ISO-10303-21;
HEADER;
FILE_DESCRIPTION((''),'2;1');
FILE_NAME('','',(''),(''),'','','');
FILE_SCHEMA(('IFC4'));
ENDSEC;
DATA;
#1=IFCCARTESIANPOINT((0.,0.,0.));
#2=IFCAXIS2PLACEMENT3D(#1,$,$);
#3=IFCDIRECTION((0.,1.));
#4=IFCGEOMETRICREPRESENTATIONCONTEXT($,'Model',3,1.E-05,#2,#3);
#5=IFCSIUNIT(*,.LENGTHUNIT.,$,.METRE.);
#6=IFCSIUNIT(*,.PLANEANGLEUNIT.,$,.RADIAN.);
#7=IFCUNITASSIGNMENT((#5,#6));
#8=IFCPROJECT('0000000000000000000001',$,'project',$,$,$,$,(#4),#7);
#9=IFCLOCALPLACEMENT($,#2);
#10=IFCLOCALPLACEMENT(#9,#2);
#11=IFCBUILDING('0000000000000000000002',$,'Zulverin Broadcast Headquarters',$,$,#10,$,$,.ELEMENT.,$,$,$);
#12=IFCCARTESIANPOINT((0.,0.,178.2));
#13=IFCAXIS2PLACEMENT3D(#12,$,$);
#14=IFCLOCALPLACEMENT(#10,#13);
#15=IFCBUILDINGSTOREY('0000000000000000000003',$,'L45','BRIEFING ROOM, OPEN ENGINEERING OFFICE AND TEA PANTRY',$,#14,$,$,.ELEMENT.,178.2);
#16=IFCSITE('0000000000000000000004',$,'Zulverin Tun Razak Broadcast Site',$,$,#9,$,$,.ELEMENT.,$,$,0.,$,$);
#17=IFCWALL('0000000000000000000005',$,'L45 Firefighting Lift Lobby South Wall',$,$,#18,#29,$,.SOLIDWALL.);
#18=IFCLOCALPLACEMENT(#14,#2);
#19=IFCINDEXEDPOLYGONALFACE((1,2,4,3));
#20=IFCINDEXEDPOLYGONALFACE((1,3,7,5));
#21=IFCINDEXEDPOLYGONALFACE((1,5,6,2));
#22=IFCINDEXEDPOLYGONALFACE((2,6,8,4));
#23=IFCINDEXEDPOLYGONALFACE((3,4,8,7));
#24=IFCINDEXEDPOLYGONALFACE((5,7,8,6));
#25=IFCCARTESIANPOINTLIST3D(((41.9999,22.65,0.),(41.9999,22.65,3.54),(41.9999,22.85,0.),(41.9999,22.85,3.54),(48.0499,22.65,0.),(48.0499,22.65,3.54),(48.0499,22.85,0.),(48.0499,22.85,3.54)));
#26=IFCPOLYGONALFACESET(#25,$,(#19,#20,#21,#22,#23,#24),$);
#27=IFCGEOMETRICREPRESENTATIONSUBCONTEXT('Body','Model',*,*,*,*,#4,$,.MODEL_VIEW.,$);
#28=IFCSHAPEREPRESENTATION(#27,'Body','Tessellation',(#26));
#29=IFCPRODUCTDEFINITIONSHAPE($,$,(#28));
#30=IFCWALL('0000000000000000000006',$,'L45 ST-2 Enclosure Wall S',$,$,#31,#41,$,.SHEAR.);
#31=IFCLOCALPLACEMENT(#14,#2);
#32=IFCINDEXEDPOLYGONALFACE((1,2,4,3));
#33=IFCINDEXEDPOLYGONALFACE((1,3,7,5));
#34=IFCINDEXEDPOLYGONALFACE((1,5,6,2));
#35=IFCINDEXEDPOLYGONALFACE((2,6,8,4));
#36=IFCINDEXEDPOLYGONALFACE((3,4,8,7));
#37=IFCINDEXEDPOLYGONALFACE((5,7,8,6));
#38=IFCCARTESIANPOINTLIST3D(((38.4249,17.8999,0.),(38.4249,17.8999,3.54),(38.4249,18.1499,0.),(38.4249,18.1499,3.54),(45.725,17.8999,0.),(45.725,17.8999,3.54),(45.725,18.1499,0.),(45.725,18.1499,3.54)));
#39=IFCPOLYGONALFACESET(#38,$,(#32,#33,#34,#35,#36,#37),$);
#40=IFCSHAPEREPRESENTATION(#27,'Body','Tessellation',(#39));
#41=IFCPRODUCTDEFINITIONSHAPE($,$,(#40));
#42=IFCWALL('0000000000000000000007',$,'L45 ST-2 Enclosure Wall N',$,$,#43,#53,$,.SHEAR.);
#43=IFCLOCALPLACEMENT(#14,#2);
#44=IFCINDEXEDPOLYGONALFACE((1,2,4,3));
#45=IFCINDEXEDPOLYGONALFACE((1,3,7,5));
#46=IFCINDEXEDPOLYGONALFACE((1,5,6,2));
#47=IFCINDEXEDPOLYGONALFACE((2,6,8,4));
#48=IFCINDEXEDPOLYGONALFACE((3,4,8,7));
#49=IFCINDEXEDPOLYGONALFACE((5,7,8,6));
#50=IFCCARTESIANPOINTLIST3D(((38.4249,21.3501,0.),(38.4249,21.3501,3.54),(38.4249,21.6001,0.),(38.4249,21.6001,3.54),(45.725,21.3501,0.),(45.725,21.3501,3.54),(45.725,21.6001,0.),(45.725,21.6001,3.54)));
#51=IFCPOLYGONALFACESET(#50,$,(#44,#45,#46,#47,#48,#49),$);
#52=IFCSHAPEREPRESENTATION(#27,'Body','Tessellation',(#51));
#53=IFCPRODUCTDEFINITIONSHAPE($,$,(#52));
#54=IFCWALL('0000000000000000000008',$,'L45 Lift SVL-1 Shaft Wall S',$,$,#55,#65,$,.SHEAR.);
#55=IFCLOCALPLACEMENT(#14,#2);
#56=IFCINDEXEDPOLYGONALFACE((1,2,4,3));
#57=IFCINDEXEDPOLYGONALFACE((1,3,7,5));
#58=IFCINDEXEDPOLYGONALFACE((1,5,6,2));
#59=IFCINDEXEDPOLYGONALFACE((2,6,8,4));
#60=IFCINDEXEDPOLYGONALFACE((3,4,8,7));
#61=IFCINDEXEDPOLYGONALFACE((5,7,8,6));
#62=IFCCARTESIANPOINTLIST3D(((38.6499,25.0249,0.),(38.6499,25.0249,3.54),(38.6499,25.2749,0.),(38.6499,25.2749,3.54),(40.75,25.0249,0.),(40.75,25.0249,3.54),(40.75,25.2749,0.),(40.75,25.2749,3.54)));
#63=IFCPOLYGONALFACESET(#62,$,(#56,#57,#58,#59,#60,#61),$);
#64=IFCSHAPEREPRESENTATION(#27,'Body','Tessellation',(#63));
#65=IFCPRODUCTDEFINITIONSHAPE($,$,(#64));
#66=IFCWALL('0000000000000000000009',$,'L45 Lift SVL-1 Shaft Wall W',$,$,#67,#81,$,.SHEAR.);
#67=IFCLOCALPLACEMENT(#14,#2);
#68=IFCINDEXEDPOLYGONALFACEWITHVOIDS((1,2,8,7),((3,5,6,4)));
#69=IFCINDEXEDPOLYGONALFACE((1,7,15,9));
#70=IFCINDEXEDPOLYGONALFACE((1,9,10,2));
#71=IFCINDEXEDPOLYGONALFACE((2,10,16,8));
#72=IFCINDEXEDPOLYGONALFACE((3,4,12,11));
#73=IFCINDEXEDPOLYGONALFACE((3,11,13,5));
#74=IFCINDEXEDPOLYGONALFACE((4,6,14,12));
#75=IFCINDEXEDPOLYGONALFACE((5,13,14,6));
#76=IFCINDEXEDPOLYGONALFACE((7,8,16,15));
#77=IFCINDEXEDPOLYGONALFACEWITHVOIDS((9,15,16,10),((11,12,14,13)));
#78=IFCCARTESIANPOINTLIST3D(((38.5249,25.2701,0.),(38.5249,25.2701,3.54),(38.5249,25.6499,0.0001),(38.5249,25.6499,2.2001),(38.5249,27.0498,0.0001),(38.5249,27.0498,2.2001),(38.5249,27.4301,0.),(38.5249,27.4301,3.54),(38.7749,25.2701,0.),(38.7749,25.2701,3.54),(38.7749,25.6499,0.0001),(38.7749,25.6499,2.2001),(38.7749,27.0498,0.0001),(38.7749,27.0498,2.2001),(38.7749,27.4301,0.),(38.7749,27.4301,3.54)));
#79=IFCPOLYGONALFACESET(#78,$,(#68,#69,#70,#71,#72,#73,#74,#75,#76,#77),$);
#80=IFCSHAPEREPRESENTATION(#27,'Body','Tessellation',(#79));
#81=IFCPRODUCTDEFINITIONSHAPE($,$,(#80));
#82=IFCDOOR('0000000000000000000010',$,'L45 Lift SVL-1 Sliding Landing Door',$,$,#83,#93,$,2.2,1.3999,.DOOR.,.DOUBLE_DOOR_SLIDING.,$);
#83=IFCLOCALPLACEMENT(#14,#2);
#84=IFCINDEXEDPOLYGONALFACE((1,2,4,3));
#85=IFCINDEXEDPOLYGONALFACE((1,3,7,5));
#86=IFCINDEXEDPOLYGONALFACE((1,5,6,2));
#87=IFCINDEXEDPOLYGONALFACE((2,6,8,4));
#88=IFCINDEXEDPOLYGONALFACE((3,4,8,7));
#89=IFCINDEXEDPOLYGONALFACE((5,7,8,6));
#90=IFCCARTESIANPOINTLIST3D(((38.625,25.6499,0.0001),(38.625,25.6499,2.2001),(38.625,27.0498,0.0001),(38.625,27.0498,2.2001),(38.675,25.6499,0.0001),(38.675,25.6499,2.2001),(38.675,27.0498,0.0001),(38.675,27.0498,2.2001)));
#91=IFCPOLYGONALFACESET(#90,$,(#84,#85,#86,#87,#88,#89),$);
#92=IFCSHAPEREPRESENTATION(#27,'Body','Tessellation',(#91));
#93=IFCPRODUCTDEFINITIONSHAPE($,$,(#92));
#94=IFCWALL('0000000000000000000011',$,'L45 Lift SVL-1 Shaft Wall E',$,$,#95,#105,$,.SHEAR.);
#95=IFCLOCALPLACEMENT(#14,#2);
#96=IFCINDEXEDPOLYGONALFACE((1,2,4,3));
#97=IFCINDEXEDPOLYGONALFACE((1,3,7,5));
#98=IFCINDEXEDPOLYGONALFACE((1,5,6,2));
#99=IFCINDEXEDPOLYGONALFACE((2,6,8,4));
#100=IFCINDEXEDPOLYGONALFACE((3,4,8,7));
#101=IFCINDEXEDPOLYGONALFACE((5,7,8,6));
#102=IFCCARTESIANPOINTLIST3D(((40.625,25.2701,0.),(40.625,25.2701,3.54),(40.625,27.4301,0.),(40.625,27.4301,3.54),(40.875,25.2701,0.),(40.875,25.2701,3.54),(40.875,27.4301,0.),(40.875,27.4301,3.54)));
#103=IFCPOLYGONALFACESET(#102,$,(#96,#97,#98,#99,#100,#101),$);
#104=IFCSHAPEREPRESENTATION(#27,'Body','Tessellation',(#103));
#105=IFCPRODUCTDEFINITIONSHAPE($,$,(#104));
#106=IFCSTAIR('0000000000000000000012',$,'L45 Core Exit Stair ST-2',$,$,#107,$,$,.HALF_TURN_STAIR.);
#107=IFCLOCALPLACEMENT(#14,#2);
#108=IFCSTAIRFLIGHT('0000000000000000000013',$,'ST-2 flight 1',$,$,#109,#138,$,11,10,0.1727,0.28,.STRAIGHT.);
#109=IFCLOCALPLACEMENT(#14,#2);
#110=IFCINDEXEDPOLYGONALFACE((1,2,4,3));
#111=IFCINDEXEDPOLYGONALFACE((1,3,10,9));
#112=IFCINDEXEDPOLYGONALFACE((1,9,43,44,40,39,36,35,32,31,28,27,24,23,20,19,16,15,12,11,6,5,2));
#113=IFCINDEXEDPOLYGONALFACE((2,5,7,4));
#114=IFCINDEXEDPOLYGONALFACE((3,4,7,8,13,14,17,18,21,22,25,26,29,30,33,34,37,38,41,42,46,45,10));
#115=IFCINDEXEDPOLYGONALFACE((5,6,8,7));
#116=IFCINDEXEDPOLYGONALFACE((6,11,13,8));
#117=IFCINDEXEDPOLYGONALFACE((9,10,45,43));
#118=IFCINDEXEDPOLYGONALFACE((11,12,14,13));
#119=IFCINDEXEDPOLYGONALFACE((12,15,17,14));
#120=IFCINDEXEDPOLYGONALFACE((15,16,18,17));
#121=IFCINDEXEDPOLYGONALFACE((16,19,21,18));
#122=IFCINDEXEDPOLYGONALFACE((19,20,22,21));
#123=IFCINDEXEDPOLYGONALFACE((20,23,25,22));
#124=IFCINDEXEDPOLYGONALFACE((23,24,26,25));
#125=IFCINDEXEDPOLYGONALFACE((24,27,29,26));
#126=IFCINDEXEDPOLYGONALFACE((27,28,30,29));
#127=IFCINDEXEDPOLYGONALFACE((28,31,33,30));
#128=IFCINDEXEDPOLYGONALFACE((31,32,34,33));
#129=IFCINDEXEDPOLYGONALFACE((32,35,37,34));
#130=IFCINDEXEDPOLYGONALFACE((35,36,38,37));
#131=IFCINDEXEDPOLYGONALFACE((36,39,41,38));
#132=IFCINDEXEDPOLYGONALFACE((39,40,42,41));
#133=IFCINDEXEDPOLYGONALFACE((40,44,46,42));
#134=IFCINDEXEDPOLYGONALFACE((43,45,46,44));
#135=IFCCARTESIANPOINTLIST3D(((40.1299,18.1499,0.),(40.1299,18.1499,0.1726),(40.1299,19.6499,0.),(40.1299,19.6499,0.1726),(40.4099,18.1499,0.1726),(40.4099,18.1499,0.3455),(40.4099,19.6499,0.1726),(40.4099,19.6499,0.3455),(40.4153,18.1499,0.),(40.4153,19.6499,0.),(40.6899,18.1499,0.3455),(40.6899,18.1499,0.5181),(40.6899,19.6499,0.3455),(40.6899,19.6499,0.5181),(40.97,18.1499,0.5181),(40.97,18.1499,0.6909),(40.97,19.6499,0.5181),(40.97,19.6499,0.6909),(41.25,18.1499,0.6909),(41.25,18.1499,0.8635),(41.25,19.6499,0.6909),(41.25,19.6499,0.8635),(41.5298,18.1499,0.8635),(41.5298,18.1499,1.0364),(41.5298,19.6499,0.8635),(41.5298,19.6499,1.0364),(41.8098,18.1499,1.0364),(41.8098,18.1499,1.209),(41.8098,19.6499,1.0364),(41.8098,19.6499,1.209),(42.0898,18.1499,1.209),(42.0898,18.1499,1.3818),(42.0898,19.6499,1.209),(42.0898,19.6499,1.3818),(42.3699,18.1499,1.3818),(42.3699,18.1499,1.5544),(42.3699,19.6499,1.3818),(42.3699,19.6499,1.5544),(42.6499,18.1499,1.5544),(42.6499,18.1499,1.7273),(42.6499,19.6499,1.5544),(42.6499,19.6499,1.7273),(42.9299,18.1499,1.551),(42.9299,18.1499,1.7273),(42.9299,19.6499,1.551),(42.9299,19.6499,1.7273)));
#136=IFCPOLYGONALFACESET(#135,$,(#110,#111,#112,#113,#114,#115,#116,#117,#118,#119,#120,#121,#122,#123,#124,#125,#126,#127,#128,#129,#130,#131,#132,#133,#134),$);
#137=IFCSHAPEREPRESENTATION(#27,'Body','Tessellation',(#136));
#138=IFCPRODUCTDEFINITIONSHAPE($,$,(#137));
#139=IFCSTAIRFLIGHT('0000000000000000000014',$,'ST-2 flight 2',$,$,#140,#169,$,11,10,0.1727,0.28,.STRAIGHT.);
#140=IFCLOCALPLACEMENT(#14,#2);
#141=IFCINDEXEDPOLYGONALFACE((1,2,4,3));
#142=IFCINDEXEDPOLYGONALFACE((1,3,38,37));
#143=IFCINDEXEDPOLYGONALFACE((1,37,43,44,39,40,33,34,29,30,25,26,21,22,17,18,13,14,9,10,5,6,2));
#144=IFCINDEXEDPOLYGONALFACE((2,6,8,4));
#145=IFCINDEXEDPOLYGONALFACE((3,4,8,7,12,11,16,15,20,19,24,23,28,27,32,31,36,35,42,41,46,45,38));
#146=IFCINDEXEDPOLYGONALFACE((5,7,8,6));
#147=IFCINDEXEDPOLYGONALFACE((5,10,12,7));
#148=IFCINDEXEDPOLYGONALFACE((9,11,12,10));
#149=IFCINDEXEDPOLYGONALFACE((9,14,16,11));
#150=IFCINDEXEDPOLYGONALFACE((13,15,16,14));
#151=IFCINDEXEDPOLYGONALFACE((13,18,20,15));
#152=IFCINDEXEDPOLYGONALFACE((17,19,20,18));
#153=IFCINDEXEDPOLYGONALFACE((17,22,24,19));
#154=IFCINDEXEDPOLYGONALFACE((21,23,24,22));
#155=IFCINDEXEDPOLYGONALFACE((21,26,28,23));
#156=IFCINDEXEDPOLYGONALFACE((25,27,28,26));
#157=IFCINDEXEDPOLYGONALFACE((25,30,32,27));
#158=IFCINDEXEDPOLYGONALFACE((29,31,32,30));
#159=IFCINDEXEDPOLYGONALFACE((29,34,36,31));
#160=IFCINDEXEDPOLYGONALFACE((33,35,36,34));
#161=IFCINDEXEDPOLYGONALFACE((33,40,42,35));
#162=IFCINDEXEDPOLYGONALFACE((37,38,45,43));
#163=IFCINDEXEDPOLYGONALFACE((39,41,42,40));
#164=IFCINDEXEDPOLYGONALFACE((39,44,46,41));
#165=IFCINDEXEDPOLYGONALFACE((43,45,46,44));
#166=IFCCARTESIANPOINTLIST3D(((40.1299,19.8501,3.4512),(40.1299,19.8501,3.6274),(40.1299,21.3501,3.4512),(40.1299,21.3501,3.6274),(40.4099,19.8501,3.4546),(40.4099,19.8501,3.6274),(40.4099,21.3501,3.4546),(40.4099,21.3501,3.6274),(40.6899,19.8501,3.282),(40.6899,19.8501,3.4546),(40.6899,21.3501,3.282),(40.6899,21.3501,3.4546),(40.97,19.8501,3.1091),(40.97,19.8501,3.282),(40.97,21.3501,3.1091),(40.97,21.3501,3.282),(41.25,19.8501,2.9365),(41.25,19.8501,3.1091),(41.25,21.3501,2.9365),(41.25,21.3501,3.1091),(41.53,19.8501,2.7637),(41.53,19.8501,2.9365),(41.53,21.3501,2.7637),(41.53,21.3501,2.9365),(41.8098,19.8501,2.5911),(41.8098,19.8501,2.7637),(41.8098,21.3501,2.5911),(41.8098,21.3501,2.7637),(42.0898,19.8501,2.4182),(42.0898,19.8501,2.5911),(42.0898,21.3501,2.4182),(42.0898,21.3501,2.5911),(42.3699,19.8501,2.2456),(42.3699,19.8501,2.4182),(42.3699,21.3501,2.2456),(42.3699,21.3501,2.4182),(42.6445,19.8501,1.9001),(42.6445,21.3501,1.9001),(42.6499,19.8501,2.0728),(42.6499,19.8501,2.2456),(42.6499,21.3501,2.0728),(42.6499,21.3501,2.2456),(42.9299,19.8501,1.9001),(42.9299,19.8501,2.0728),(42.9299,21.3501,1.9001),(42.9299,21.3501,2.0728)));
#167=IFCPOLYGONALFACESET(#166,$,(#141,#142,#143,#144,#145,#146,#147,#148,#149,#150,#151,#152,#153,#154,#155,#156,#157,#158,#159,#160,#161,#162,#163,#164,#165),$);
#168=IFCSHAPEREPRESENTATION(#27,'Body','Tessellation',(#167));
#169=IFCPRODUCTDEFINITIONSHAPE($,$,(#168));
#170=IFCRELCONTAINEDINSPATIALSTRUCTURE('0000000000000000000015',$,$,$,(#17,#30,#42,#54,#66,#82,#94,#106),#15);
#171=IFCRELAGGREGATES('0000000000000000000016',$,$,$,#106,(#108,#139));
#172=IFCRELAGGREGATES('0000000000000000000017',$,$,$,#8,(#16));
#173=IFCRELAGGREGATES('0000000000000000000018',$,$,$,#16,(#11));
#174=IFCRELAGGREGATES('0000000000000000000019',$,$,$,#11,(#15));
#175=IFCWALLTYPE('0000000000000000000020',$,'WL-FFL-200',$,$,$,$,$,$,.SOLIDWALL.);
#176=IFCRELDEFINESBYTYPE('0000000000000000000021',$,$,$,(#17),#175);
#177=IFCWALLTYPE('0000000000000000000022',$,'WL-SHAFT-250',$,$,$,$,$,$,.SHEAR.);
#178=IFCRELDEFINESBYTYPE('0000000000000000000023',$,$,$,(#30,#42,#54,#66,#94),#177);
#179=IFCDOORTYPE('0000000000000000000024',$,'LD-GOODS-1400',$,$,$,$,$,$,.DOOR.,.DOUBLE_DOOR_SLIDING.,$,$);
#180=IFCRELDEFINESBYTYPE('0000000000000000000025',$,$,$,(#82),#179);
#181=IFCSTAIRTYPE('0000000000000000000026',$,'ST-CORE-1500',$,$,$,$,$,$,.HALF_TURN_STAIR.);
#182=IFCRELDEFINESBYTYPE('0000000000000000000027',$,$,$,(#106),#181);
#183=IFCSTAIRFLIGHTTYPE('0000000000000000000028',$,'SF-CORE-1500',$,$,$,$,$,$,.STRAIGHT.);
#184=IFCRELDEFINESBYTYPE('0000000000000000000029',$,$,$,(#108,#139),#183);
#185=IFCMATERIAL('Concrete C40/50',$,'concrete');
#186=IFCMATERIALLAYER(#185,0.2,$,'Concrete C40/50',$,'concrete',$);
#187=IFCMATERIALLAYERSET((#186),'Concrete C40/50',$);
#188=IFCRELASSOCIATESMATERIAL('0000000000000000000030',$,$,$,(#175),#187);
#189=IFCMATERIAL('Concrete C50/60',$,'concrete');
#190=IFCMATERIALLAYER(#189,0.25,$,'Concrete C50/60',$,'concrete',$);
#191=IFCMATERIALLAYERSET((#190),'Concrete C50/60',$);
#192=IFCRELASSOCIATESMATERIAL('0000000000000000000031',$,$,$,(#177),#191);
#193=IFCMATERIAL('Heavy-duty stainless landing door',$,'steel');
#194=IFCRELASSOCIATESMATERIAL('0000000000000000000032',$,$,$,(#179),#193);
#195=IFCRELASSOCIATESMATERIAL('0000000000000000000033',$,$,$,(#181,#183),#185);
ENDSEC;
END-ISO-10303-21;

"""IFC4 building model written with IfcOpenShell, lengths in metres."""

from ifc_helpers import new_model, si_unit, direction, frame, frame_2d, origin, place, context, subcontext, project, spatial, polyline, rectangle, outline, extrude, material, layer, layer_set, type_object, element, fill, aggregate, save


model = new_model("IFC4")

# Units and contexts
model_context = context("Model", 3, precision=1e-05, world=origin(), true_north=direction((0.0, 1.0)))
body_context = subcontext(model_context, "Body", "Model", "MODEL_VIEW")
ifc_project = project(units=[si_unit("LENGTHUNIT", "METRE"), si_unit("PLANEANGLEUNIT", "RADIAN")], contexts=[model_context])

# Site, building, storey
site_placement = place(None, origin())
site = spatial("IfcSite", under=ifc_project, at=site_placement, Name="Zulverin Tun Razak Broadcast Site", CompositionType="ELEMENT", RefElevation=0.0)
building_placement = place(site_placement, origin())
building = spatial("IfcBuilding", under=site, at=building_placement, Name="Zulverin Broadcast Headquarters", CompositionType="ELEMENT")
storey_placement = place(building_placement, frame((0.0, 0.0, 178.2)))
storey = spatial("IfcBuildingStorey", under=building, at=storey_placement, Name="L45", Description="BRIEFING ROOM, OPEN ENGINEERING OFFICE AND TEA PANTRY", CompositionType="ELEMENT", Elevation=178.2)

# Shared definitions
ifc_material_1 = material(Name="Concrete C40/50", Category="concrete")
ifc_layer_1 = layer(ifc_material_1, 0.2, Name="Concrete C40/50", Category="concrete")
ifc_layer_set_1 = layer_set([ifc_layer_1], Name="Concrete C40/50")
wall_type_1 = type_object("IfcWallType", Name="WL-FFL-200", PredefinedType="SOLIDWALL", material=ifc_layer_set_1)

# Walls
wall_1_placement = place(storey_placement, frame((42.0, 22.75, 0.0), z_axis=(0.0, 0.0, 1.0), x_axis=(1.0, 0.0, 0.0)))
element("IfcWall", 1, at=wall_1_placement, inside=storey, type_object=wall_type_1, Name="L45 Firefighting Lift Lobby South Wall", PredefinedType="SOLIDWALL", context=body_context, shape_type="SweptSolid", body=[
    extrude(rectangle(XDim=6.05, YDim=0.2, at=frame_2d((3.0249, 0.0))), origin(), (0.0, 0.0, 1.0), 3.54),
])
ifc_material_2 = material(Name="Concrete C50/60", Category="concrete")
ifc_layer_2 = layer(ifc_material_2, 0.25, Name="Concrete C50/60", Category="concrete")
ifc_layer_set_2 = layer_set([ifc_layer_2], Name="Concrete C50/60")
wall_type_2 = type_object("IfcWallType", Name="WL-SHAFT-250", PredefinedType="SHEAR", material=ifc_layer_set_2)
for number, where, z_axis, x_axis, name in (
    (2, (38.425, 18.0249, 0.0), (0.0, 0.0, 1.0), (1.0, 0.0, 0.0), "L45 ST-2 Enclosure Wall S"),
    (3, (38.425, 21.4751, 0.0), (0.0, 0.0, 1.0), (1.0, 0.0, 0.0), "L45 ST-2 Enclosure Wall N"),
):
    element("IfcWall", number, at=place(storey_placement, frame(where, z_axis=z_axis, x_axis=x_axis)), inside=storey, type_object=wall_type_2, Name=name, PredefinedType="SHEAR", context=body_context, shape_type="SweptSolid", body=[
        extrude(rectangle(XDim=7.3, YDim=0.25, at=frame_2d((3.6499, 0.0))), origin(), (0.0, 0.0, 1.0), 3.54),
    ])

# Wall
wall_2_placement = place(storey_placement, frame((38.6499, 25.1499, 0.0), z_axis=(0.0, 0.0, 1.0), x_axis=(1.0, 0.0, 0.0)))
element("IfcWall", 4, at=wall_2_placement, inside=storey, type_object=wall_type_2, Name="L45 Lift SVL-1 Shaft Wall S", PredefinedType="SHEAR", context=body_context, shape_type="SweptSolid", body=[
    extrude(rectangle(XDim=2.1001, YDim=0.25, at=frame_2d((1.05, 0.0))), origin(), (0.0, 0.0, 1.0), 3.54),
])

# Wall, opening, door
wall_3_placement = place(storey_placement, frame((38.6499, 25.27, 0.0), z_axis=(0.0, 0.0, 1.0), x_axis=(0.0, 1.0, 0.0)))
wall_3 = element("IfcWall", 5, at=wall_3_placement, inside=storey, type_object=wall_type_2, Name="L45 Lift SVL-1 Shaft Wall W", PredefinedType="SHEAR", context=body_context, shape_type="SweptSolid", body=[
    extrude(rectangle(XDim=2.1599, YDim=0.25, at=frame_2d((1.0801, 0.0))), origin(), (0.0, 0.0, 1.0), 3.54),
])
opening_1_placement = place(wall_3_placement, frame((0.3799, 0.0, 0.0)))
opening_1 = element("IfcOpeningElement", 6, at=opening_1_placement, cuts=wall_3, PredefinedType="OPENING", context=body_context, shape_type="SweptSolid", body=[
    extrude(rectangle(XDim=1.3999, YDim=2.2, at=frame_2d((0.7, 1.1001))), frame((0.0, 0.135, 0.0), z_axis=(0.0, -1.0, 0.0), x_axis=(1.0, 0.0, 0.0)), (0.0, 0.0, 1.0), 0.27),
])
ifc_material_3 = material(Name="Heavy-duty stainless landing door", Category="steel")
door_type_1 = type_object("IfcDoorType", Name="LD-GOODS-1400", OperationType="DOUBLE_DOOR_SLIDING", PredefinedType="DOOR", material=ifc_material_3)
door_1_placement = place(opening_1_placement, origin())
door_1 = element("IfcDoor", 7, at=door_1_placement, inside=storey, type_object=door_type_1, Name="L45 Lift SVL-1 Sliding Landing Door", OperationType="DOUBLE_DOOR_SLIDING", OverallHeight=2.2, OverallWidth=1.3999, PredefinedType="DOOR", context=body_context, shape_type="SweptSolid", body=[
    extrude(rectangle(XDim=1.3999, YDim=2.2, at=frame_2d((0.7, 1.1001))), frame((0.0, 0.0249, 0.0), z_axis=(0.0, -1.0, 0.0), x_axis=(1.0, 0.0, 0.0)), (0.0, 0.0, 1.0), 0.05),
])
fill(opening_1, door_1)

# Wall
wall_4_placement = place(storey_placement, frame((40.75, 25.27, 0.0), z_axis=(0.0, 0.0, 1.0), x_axis=(0.0, 1.0, 0.0)))
element("IfcWall", 8, at=wall_4_placement, inside=storey, type_object=wall_type_2, Name="L45 Lift SVL-1 Shaft Wall E", PredefinedType="SHEAR", context=body_context, shape_type="SweptSolid", body=[
    extrude(rectangle(XDim=2.1599, YDim=0.25, at=frame_2d((1.0801, 0.0))), origin(), (0.0, 0.0, 1.0), 3.54),
])

# Stair, stair flights
stair_type = type_object("IfcStairType", Name="ST-CORE-1500", PredefinedType="HALF_TURN_STAIR", material=ifc_material_1)
stair_placement = place(storey_placement, origin())
stair = element("IfcStair", 9, at=stair_placement, inside=storey, type_object=stair_type, Name="L45 Core Exit Stair ST-2", PredefinedType="HALF_TURN_STAIR")
stair_flight_type = type_object("IfcStairFlightType", Name="SF-CORE-1500", PredefinedType="STRAIGHT", material=ifc_material_1)
stair_flight_1_placement = place(storey_placement, frame((40.1299, 18.8999, 0.0), z_axis=(0.0, 0.0, 1.0), x_axis=(1.0, 0.0, 0.0)))
stair_flight_1 = element("IfcStairFlight", 10, at=stair_flight_1_placement, type_object=stair_flight_type, Name="ST-2 flight 1", NumberOfRisers=11, NumberOfTreads=10, PredefinedType="STRAIGHT", RiserHeight=0.1727, TreadLength=0.28, context=body_context, shape_type="SweptSolid", body=[
    extrude(outline(polyline([(0.0, 0.0), (0.0, 0.1726), (0.28, 0.1726), (0.28, 0.3455), (0.5601, 0.3455), (0.5601, 0.5181), (0.8401, 0.5181), (0.8401, 0.6909), (1.1201, 0.6909), (1.1201, 0.8635), (1.3999, 0.8635), (1.3999, 1.0364), (1.6799, 1.0364), (1.6799, 1.209), (1.96, 1.209), (1.96, 1.3818), (2.24, 1.3818), (2.24, 1.5544), (2.52, 1.5544), (2.52, 1.7273), (2.8, 1.7273), (2.8, 1.8999), (2.8, 1.551), (0.2854, 0.0), (0.0, 0.0)])), frame((0.0, 0.75, 0.0), z_axis=(0.0, -1.0, 0.0), x_axis=(1.0, 0.0, 0.0)), (0.0, 0.0, 1.0), 1.5),
])
stair_flight_2_placement = place(storey_placement, frame((42.9299, 20.6001, 1.9001), z_axis=(0.0, 0.0, 1.0), x_axis=(-1.0, 0.0, 0.0)))
stair_flight_2 = element("IfcStairFlight", 11, at=stair_flight_2_placement, type_object=stair_flight_type, Name="ST-2 flight 2", NumberOfRisers=11, NumberOfTreads=10, PredefinedType="STRAIGHT", RiserHeight=0.1727, TreadLength=0.28, context=body_context, shape_type="SweptSolid", body=[
    extrude(outline(polyline([(0.0, 0.0), (0.0, 0.1726), (0.28, 0.1726), (0.28, 0.3455), (0.5601, 0.3455), (0.5601, 0.5181), (0.8401, 0.5181), (0.8401, 0.6909), (1.1201, 0.6909), (1.1201, 0.8635), (1.3999, 0.8635), (1.3999, 1.0364), (1.6799, 1.0364), (1.6799, 1.209), (1.96, 1.209), (1.96, 1.3818), (2.24, 1.3818), (2.24, 1.5544), (2.52, 1.5544), (2.52, 1.7273), (2.8, 1.7273), (2.8, 1.8999), (2.8, 1.551), (0.2854, 0.0), (0.0, 0.0)])), frame((0.0, 0.75, 0.0), z_axis=(0.0, -1.0, 0.0), x_axis=(1.0, 0.0, 0.0)), (0.0, 0.0, 1.0), 1.5),
])
aggregate(stair, [stair_flight_1, stair_flight_2])

save(model, "model.ifc")
